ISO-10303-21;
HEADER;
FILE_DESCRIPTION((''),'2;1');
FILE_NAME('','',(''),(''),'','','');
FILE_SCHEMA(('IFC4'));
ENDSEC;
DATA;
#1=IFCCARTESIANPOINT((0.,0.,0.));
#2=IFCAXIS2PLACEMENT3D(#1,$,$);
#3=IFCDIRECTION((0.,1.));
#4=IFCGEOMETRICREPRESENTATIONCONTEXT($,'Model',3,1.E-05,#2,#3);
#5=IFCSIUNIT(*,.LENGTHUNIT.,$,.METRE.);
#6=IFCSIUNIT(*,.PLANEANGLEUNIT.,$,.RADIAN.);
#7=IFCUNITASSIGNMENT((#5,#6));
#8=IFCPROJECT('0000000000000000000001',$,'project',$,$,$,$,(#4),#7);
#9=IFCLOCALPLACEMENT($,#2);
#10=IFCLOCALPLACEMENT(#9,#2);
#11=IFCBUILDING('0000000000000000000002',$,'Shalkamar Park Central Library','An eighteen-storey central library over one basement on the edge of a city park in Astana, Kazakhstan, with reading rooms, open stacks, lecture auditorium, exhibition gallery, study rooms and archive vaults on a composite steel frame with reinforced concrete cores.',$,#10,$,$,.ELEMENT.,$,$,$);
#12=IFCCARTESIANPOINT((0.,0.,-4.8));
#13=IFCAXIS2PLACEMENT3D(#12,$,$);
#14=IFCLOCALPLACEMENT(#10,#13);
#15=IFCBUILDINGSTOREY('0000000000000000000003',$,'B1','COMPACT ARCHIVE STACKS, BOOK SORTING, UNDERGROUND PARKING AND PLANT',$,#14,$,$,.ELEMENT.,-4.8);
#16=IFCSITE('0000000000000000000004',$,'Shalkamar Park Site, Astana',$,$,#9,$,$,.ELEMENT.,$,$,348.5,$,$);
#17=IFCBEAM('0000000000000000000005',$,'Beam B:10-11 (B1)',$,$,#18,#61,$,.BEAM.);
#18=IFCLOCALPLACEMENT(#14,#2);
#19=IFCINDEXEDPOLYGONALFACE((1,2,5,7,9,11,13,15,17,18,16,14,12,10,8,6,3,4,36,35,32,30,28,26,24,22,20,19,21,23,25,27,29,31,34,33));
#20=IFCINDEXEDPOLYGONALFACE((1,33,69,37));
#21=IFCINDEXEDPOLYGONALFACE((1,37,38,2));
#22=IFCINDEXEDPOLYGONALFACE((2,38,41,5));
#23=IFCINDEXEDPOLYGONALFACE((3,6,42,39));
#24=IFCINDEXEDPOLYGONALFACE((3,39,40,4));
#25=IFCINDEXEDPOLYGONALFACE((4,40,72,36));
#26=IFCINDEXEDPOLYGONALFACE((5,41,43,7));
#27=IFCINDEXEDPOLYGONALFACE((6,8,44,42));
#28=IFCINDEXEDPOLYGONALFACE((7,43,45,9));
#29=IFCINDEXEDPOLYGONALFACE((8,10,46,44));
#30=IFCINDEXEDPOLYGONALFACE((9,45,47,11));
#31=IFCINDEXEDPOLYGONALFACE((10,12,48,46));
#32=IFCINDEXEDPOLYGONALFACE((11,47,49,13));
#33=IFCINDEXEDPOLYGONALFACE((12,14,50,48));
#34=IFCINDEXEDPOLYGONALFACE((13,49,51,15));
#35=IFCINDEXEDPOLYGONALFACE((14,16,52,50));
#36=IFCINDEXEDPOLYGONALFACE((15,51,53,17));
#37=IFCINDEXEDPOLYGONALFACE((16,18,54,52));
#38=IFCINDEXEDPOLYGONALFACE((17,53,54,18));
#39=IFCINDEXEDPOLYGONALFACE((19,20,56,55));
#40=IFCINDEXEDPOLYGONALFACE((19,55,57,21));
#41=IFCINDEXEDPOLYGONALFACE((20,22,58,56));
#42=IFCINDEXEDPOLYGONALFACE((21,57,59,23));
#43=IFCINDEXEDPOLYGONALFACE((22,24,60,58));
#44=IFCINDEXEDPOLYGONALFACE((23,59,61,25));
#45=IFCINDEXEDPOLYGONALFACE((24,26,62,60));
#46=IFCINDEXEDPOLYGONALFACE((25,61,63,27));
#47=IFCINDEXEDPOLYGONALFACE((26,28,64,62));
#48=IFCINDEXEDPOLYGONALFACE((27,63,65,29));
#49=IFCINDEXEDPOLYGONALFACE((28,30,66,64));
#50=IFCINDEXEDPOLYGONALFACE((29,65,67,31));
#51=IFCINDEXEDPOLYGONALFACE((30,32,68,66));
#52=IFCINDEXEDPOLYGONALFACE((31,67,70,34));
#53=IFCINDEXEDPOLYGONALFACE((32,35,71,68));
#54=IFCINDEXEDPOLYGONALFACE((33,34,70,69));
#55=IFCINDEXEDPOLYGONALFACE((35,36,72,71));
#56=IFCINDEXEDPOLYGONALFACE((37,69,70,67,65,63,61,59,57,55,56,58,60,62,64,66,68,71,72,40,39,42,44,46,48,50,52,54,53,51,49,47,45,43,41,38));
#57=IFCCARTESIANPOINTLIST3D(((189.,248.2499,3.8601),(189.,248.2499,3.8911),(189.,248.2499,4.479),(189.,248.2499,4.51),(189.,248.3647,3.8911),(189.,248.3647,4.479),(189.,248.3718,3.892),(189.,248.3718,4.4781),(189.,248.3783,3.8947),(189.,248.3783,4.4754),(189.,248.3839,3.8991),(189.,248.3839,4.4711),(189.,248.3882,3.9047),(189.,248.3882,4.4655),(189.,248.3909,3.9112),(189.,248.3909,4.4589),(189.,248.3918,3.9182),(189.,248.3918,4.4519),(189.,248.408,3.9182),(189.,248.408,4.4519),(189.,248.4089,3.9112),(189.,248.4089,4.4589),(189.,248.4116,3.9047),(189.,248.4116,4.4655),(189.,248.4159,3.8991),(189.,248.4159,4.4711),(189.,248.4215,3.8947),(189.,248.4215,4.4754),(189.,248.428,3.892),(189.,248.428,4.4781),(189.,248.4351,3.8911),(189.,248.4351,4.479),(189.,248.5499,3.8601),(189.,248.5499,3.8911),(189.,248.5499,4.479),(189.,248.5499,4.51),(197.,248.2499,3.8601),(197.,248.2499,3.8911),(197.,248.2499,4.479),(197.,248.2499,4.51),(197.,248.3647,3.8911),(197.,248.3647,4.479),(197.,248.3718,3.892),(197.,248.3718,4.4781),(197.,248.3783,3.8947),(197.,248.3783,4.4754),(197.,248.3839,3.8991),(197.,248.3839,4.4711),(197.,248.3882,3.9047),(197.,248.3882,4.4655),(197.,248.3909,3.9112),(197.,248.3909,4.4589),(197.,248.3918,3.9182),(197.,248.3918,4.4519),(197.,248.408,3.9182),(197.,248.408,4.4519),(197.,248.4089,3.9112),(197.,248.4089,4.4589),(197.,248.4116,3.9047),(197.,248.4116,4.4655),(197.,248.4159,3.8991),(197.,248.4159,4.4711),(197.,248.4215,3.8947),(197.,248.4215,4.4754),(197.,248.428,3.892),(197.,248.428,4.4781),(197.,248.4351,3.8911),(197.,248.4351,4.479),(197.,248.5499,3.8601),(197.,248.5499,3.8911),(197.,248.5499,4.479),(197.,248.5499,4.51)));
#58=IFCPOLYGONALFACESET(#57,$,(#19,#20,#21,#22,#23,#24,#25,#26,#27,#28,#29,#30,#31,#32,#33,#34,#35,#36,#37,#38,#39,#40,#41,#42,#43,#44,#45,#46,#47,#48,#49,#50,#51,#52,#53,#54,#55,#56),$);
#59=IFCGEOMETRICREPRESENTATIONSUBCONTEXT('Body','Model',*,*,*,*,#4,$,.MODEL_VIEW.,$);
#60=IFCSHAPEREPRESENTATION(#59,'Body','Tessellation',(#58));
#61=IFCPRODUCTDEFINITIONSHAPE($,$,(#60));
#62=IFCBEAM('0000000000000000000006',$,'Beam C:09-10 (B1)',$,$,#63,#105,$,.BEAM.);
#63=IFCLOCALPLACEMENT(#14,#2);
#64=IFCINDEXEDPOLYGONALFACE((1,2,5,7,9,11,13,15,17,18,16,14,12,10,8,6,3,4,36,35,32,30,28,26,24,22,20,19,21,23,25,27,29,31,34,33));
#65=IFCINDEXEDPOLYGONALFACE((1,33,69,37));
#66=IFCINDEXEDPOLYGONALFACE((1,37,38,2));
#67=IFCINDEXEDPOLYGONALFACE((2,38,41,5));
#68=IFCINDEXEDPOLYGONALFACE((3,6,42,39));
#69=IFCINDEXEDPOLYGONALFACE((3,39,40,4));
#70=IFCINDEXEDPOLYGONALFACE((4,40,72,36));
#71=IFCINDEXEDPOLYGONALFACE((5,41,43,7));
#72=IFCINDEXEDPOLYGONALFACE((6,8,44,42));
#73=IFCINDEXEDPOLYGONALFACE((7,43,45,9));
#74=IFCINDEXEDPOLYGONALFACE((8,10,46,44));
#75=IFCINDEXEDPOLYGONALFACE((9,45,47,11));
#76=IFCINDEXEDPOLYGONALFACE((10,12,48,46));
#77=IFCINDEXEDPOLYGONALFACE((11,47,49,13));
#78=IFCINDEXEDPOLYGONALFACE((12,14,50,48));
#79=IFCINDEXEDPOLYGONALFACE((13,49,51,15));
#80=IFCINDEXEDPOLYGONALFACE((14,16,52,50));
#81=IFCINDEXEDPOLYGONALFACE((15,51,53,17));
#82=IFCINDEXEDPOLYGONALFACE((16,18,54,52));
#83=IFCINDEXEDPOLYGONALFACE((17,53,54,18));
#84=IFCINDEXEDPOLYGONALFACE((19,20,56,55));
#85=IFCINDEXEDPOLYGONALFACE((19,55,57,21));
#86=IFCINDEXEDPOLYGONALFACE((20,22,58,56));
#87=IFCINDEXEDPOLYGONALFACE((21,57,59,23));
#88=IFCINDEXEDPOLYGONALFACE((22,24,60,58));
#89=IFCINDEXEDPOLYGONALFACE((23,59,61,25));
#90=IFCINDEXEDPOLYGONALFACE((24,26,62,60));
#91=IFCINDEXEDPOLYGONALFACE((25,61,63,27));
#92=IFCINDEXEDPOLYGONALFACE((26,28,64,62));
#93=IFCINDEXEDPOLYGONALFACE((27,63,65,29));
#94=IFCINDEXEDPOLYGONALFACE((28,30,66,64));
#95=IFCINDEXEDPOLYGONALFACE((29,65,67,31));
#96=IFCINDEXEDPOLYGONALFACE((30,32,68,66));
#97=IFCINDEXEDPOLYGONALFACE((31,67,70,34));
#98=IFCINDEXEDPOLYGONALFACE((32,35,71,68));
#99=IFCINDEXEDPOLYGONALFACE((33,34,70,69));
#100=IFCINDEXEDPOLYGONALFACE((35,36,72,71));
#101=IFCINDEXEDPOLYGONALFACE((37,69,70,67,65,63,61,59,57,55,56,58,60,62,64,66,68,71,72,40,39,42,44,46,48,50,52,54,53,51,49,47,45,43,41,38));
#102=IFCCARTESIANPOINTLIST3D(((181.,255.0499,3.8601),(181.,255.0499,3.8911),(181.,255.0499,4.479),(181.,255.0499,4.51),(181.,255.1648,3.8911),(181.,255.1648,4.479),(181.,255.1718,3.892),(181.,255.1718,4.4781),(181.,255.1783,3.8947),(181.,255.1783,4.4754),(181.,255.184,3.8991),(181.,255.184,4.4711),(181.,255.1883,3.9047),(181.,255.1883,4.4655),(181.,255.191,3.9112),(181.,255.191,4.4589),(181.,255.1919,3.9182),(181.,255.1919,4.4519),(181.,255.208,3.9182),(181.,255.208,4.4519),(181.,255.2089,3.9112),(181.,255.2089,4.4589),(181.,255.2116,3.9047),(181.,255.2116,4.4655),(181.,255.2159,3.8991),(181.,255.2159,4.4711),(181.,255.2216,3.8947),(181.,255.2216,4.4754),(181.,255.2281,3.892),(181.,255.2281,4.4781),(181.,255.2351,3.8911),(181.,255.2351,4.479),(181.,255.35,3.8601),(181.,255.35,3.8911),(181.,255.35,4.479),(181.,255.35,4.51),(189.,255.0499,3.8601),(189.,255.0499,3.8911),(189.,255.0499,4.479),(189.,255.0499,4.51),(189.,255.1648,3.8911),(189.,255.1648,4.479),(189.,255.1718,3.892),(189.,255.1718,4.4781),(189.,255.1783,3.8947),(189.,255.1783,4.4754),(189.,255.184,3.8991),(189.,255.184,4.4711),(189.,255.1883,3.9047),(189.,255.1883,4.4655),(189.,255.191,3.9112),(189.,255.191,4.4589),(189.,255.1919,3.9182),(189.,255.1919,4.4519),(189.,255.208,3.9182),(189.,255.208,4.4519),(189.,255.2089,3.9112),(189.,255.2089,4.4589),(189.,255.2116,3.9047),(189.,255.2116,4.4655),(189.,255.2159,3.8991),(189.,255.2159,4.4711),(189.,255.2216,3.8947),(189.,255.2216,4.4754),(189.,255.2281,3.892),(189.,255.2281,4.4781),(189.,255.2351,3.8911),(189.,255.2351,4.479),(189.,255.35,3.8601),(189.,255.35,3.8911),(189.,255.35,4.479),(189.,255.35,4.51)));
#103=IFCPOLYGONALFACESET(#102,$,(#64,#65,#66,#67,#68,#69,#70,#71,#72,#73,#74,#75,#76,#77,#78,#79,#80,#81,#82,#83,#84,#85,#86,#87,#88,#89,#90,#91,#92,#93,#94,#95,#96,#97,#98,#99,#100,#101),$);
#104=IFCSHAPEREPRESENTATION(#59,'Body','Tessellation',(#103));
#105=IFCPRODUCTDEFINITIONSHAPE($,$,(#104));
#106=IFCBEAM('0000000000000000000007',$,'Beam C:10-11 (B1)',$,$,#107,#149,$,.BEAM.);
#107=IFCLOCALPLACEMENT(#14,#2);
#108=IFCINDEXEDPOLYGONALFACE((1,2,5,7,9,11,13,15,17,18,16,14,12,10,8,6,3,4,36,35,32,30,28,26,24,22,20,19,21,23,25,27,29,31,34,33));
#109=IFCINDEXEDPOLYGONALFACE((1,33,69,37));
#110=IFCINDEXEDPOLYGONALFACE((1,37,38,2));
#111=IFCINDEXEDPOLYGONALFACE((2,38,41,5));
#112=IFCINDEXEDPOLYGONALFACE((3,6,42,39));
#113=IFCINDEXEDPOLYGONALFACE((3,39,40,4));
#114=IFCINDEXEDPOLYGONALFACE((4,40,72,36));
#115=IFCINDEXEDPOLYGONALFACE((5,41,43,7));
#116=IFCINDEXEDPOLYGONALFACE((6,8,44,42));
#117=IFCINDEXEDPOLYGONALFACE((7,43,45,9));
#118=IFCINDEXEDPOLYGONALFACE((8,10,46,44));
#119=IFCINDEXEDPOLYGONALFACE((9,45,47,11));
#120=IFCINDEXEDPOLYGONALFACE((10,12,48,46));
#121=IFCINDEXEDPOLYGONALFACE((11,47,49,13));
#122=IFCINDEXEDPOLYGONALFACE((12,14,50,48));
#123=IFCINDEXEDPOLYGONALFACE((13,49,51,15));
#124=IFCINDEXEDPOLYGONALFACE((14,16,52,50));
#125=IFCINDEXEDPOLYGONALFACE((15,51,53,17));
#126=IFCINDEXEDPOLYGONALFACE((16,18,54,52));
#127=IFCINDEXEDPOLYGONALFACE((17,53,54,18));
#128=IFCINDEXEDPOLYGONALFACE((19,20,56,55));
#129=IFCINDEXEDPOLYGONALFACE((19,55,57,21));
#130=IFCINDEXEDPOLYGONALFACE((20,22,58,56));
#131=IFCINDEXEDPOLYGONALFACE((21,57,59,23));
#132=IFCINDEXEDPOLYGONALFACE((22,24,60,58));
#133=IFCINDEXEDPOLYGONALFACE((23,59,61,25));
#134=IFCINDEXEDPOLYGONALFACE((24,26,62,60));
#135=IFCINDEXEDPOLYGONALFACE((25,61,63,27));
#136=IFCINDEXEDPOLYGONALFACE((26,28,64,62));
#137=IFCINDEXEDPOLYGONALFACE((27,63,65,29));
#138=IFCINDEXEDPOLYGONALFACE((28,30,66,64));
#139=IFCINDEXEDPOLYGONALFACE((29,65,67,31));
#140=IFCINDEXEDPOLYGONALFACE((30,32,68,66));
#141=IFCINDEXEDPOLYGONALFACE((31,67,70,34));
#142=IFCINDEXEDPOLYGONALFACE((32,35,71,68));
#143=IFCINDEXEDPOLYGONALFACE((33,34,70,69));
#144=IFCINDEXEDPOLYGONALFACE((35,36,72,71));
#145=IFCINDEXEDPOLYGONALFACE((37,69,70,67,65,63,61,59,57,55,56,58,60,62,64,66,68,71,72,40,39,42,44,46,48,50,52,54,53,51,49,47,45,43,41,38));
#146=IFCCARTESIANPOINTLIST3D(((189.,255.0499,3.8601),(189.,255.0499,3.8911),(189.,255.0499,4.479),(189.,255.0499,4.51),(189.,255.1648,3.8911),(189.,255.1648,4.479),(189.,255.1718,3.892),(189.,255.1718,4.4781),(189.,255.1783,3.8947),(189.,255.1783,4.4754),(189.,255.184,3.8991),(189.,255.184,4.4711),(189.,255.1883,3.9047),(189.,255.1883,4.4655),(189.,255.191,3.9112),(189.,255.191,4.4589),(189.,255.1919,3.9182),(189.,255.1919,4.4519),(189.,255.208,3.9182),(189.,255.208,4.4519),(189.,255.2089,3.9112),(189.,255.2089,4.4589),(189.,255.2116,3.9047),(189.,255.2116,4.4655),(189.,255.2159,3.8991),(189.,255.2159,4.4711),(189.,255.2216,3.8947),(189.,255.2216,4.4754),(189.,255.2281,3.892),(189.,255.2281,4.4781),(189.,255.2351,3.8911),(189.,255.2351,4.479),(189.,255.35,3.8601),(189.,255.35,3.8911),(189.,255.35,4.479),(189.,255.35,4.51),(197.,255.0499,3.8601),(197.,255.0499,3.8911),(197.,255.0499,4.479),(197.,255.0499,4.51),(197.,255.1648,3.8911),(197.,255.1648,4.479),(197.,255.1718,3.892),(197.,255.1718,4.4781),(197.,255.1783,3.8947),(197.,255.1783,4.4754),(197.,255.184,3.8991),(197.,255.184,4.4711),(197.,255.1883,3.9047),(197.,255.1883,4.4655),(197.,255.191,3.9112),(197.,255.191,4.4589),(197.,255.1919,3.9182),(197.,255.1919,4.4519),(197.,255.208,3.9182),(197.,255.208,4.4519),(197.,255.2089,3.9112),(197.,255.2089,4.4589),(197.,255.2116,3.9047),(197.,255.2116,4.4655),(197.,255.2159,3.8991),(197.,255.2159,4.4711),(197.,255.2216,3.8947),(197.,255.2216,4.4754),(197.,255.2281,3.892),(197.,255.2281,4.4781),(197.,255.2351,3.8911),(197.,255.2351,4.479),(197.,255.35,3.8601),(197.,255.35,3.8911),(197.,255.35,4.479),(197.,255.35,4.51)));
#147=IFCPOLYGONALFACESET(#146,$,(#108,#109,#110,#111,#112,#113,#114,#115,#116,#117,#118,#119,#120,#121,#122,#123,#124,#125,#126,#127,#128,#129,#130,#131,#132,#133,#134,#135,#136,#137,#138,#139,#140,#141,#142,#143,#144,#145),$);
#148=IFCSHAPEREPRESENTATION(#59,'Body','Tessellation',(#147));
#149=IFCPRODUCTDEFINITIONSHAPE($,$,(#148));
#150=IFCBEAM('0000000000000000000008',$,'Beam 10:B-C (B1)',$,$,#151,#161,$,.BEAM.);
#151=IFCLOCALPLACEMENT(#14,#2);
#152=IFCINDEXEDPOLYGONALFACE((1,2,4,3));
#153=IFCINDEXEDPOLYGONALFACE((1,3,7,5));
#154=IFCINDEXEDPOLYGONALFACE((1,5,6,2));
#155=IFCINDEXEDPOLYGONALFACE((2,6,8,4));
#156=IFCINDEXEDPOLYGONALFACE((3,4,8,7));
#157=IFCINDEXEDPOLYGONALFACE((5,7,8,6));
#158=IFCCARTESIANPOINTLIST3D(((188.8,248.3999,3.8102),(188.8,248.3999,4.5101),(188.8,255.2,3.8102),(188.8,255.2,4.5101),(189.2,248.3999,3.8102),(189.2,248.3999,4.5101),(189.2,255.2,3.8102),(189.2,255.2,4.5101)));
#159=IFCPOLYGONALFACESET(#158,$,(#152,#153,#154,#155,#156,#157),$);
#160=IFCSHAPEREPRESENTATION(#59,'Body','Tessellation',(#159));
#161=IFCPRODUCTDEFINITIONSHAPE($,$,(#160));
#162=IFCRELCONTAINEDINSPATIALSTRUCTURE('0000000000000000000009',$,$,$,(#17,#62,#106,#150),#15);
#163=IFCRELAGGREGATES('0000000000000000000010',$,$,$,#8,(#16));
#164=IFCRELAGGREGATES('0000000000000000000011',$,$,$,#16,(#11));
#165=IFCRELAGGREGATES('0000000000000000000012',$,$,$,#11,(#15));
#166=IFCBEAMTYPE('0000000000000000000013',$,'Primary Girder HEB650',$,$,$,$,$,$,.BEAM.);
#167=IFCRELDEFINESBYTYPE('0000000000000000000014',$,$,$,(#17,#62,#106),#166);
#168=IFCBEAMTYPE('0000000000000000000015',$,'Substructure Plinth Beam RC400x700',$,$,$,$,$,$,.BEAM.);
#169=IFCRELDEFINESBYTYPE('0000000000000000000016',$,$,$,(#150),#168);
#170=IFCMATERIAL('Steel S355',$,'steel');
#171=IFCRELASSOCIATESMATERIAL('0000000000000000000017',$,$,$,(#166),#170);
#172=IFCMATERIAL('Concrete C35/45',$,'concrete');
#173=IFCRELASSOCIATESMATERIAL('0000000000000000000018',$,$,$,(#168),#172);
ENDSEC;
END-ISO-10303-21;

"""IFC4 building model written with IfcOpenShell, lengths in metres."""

from ifc_helpers import new_model, si_unit, direction, frame, origin, origin_2d, place, context, subcontext, project, spatial, rectangle, i_section, extrude, material, material_profile, profile_set, type_object, element, save


model = new_model("IFC4")

# Units and contexts
model_context = context("Model", 3, precision=1e-05, world=origin(), true_north=direction((0.0, 1.0)))
body_context = subcontext(model_context, "Body", "Model", "MODEL_VIEW")
ifc_project = project(units=[si_unit("LENGTHUNIT", "METRE"), si_unit("PLANEANGLEUNIT", "RADIAN")], contexts=[model_context])

# Site, building, storey
site_placement = place(None, origin())
site = spatial("IfcSite", under=ifc_project, at=site_placement, Name="Shalkamar Park Site, Astana", CompositionType="ELEMENT", RefElevation=348.5)
building_placement = place(site_placement, origin())
building = spatial("IfcBuilding", under=site, at=building_placement, Name="Shalkamar Park Central Library", Description="An eighteen-storey central library over one basement on the edge of a city park in Astana, Kazakhstan, with reading rooms, open stacks, lecture auditorium, exhibition gallery, study rooms and archive vaults on a composite steel frame with reinforced concrete cores.", CompositionType="ELEMENT")
storey_placement = place(building_placement, frame((0.0, 0.0, -4.8)))
storey = spatial("IfcBuildingStorey", under=building, at=storey_placement, Name="B1", Description="COMPACT ARCHIVE STACKS, BOOK SORTING, UNDERGROUND PARKING AND PLANT", CompositionType="ELEMENT", Elevation=-4.8)

# Shared definitions
ifc_material_1 = material(Name="Concrete C35/45", Category="concrete")

# Shared definitions
ifc_material_2 = material(Name="Steel S355", Category="steel")

# Beams
ifc_material_profile_1 = material_profile(ifc_material_2, i_section(OverallWidth=0.3, OverallDepth=0.6499, WebThickness=0.0161, FlangeThickness=0.031, FilletRadius=0.0271, at=origin_2d()), Name="HEB 650")
ifc_profile_set_1 = profile_set([ifc_material_profile_1], Name="Steel S355")
beam_type_1 = type_object("IfcBeamType", Name="Primary Girder HEB650", PredefinedType="BEAM", material=ifc_profile_set_1)
for number, where, z_axis, x_axis, name in (
    (1, (189.0, 248.3999, 4.1851), (1.0, 0.0, 0.0), (0.0, 1.0, 0.0), "Beam B:10-11 (B1)"),
    (2, (181.0, 255.2, 4.1851), (1.0, 0.0, 0.0), (0.0, 1.0, 0.0), "Beam C:09-10 (B1)"),
    (3, (189.0, 255.2, 4.1851), (1.0, 0.0, 0.0), (0.0, 1.0, 0.0), "Beam C:10-11 (B1)"),
):
    element("IfcBeam", number, at=place(storey_placement, frame(where, z_axis=z_axis, x_axis=x_axis)), inside=storey, type_object=beam_type_1, Name=name, PredefinedType="BEAM", context=body_context, shape_type="SweptSolid", body=[
        extrude(i_section(OverallWidth=0.3, OverallDepth=0.6499, WebThickness=0.0161, FlangeThickness=0.031, FilletRadius=0.0271, at=origin_2d()), origin(), (0.0, 0.0, 1.0), 8.0),
    ])
ifc_material_profile_2 = material_profile(ifc_material_1, rectangle(XDim=0.3999, YDim=0.7, at=origin_2d()), Name="RC 400x700")
ifc_profile_set_2 = profile_set([ifc_material_profile_2], Name="Concrete C35/45")
beam_type_2 = type_object("IfcBeamType", Name="Substructure Plinth Beam RC400x700", PredefinedType="BEAM", material=ifc_profile_set_2)
beam_1_placement = place(storey_placement, frame((189.0, 248.3999, 4.1602), z_axis=(0.0, 1.0, 0.0), x_axis=(-1.0, 0.0, 0.0)))
element("IfcBeam", 4, at=beam_1_placement, inside=storey, type_object=beam_type_2, Name="Beam 10:B-C (B1)", PredefinedType="BEAM", context=body_context, shape_type="SweptSolid", body=[
    extrude(rectangle(XDim=0.3999, YDim=0.7, at=origin_2d()), origin(), (0.0, 0.0, 1.0), 6.8),
])

save(model, "model.ifc")
